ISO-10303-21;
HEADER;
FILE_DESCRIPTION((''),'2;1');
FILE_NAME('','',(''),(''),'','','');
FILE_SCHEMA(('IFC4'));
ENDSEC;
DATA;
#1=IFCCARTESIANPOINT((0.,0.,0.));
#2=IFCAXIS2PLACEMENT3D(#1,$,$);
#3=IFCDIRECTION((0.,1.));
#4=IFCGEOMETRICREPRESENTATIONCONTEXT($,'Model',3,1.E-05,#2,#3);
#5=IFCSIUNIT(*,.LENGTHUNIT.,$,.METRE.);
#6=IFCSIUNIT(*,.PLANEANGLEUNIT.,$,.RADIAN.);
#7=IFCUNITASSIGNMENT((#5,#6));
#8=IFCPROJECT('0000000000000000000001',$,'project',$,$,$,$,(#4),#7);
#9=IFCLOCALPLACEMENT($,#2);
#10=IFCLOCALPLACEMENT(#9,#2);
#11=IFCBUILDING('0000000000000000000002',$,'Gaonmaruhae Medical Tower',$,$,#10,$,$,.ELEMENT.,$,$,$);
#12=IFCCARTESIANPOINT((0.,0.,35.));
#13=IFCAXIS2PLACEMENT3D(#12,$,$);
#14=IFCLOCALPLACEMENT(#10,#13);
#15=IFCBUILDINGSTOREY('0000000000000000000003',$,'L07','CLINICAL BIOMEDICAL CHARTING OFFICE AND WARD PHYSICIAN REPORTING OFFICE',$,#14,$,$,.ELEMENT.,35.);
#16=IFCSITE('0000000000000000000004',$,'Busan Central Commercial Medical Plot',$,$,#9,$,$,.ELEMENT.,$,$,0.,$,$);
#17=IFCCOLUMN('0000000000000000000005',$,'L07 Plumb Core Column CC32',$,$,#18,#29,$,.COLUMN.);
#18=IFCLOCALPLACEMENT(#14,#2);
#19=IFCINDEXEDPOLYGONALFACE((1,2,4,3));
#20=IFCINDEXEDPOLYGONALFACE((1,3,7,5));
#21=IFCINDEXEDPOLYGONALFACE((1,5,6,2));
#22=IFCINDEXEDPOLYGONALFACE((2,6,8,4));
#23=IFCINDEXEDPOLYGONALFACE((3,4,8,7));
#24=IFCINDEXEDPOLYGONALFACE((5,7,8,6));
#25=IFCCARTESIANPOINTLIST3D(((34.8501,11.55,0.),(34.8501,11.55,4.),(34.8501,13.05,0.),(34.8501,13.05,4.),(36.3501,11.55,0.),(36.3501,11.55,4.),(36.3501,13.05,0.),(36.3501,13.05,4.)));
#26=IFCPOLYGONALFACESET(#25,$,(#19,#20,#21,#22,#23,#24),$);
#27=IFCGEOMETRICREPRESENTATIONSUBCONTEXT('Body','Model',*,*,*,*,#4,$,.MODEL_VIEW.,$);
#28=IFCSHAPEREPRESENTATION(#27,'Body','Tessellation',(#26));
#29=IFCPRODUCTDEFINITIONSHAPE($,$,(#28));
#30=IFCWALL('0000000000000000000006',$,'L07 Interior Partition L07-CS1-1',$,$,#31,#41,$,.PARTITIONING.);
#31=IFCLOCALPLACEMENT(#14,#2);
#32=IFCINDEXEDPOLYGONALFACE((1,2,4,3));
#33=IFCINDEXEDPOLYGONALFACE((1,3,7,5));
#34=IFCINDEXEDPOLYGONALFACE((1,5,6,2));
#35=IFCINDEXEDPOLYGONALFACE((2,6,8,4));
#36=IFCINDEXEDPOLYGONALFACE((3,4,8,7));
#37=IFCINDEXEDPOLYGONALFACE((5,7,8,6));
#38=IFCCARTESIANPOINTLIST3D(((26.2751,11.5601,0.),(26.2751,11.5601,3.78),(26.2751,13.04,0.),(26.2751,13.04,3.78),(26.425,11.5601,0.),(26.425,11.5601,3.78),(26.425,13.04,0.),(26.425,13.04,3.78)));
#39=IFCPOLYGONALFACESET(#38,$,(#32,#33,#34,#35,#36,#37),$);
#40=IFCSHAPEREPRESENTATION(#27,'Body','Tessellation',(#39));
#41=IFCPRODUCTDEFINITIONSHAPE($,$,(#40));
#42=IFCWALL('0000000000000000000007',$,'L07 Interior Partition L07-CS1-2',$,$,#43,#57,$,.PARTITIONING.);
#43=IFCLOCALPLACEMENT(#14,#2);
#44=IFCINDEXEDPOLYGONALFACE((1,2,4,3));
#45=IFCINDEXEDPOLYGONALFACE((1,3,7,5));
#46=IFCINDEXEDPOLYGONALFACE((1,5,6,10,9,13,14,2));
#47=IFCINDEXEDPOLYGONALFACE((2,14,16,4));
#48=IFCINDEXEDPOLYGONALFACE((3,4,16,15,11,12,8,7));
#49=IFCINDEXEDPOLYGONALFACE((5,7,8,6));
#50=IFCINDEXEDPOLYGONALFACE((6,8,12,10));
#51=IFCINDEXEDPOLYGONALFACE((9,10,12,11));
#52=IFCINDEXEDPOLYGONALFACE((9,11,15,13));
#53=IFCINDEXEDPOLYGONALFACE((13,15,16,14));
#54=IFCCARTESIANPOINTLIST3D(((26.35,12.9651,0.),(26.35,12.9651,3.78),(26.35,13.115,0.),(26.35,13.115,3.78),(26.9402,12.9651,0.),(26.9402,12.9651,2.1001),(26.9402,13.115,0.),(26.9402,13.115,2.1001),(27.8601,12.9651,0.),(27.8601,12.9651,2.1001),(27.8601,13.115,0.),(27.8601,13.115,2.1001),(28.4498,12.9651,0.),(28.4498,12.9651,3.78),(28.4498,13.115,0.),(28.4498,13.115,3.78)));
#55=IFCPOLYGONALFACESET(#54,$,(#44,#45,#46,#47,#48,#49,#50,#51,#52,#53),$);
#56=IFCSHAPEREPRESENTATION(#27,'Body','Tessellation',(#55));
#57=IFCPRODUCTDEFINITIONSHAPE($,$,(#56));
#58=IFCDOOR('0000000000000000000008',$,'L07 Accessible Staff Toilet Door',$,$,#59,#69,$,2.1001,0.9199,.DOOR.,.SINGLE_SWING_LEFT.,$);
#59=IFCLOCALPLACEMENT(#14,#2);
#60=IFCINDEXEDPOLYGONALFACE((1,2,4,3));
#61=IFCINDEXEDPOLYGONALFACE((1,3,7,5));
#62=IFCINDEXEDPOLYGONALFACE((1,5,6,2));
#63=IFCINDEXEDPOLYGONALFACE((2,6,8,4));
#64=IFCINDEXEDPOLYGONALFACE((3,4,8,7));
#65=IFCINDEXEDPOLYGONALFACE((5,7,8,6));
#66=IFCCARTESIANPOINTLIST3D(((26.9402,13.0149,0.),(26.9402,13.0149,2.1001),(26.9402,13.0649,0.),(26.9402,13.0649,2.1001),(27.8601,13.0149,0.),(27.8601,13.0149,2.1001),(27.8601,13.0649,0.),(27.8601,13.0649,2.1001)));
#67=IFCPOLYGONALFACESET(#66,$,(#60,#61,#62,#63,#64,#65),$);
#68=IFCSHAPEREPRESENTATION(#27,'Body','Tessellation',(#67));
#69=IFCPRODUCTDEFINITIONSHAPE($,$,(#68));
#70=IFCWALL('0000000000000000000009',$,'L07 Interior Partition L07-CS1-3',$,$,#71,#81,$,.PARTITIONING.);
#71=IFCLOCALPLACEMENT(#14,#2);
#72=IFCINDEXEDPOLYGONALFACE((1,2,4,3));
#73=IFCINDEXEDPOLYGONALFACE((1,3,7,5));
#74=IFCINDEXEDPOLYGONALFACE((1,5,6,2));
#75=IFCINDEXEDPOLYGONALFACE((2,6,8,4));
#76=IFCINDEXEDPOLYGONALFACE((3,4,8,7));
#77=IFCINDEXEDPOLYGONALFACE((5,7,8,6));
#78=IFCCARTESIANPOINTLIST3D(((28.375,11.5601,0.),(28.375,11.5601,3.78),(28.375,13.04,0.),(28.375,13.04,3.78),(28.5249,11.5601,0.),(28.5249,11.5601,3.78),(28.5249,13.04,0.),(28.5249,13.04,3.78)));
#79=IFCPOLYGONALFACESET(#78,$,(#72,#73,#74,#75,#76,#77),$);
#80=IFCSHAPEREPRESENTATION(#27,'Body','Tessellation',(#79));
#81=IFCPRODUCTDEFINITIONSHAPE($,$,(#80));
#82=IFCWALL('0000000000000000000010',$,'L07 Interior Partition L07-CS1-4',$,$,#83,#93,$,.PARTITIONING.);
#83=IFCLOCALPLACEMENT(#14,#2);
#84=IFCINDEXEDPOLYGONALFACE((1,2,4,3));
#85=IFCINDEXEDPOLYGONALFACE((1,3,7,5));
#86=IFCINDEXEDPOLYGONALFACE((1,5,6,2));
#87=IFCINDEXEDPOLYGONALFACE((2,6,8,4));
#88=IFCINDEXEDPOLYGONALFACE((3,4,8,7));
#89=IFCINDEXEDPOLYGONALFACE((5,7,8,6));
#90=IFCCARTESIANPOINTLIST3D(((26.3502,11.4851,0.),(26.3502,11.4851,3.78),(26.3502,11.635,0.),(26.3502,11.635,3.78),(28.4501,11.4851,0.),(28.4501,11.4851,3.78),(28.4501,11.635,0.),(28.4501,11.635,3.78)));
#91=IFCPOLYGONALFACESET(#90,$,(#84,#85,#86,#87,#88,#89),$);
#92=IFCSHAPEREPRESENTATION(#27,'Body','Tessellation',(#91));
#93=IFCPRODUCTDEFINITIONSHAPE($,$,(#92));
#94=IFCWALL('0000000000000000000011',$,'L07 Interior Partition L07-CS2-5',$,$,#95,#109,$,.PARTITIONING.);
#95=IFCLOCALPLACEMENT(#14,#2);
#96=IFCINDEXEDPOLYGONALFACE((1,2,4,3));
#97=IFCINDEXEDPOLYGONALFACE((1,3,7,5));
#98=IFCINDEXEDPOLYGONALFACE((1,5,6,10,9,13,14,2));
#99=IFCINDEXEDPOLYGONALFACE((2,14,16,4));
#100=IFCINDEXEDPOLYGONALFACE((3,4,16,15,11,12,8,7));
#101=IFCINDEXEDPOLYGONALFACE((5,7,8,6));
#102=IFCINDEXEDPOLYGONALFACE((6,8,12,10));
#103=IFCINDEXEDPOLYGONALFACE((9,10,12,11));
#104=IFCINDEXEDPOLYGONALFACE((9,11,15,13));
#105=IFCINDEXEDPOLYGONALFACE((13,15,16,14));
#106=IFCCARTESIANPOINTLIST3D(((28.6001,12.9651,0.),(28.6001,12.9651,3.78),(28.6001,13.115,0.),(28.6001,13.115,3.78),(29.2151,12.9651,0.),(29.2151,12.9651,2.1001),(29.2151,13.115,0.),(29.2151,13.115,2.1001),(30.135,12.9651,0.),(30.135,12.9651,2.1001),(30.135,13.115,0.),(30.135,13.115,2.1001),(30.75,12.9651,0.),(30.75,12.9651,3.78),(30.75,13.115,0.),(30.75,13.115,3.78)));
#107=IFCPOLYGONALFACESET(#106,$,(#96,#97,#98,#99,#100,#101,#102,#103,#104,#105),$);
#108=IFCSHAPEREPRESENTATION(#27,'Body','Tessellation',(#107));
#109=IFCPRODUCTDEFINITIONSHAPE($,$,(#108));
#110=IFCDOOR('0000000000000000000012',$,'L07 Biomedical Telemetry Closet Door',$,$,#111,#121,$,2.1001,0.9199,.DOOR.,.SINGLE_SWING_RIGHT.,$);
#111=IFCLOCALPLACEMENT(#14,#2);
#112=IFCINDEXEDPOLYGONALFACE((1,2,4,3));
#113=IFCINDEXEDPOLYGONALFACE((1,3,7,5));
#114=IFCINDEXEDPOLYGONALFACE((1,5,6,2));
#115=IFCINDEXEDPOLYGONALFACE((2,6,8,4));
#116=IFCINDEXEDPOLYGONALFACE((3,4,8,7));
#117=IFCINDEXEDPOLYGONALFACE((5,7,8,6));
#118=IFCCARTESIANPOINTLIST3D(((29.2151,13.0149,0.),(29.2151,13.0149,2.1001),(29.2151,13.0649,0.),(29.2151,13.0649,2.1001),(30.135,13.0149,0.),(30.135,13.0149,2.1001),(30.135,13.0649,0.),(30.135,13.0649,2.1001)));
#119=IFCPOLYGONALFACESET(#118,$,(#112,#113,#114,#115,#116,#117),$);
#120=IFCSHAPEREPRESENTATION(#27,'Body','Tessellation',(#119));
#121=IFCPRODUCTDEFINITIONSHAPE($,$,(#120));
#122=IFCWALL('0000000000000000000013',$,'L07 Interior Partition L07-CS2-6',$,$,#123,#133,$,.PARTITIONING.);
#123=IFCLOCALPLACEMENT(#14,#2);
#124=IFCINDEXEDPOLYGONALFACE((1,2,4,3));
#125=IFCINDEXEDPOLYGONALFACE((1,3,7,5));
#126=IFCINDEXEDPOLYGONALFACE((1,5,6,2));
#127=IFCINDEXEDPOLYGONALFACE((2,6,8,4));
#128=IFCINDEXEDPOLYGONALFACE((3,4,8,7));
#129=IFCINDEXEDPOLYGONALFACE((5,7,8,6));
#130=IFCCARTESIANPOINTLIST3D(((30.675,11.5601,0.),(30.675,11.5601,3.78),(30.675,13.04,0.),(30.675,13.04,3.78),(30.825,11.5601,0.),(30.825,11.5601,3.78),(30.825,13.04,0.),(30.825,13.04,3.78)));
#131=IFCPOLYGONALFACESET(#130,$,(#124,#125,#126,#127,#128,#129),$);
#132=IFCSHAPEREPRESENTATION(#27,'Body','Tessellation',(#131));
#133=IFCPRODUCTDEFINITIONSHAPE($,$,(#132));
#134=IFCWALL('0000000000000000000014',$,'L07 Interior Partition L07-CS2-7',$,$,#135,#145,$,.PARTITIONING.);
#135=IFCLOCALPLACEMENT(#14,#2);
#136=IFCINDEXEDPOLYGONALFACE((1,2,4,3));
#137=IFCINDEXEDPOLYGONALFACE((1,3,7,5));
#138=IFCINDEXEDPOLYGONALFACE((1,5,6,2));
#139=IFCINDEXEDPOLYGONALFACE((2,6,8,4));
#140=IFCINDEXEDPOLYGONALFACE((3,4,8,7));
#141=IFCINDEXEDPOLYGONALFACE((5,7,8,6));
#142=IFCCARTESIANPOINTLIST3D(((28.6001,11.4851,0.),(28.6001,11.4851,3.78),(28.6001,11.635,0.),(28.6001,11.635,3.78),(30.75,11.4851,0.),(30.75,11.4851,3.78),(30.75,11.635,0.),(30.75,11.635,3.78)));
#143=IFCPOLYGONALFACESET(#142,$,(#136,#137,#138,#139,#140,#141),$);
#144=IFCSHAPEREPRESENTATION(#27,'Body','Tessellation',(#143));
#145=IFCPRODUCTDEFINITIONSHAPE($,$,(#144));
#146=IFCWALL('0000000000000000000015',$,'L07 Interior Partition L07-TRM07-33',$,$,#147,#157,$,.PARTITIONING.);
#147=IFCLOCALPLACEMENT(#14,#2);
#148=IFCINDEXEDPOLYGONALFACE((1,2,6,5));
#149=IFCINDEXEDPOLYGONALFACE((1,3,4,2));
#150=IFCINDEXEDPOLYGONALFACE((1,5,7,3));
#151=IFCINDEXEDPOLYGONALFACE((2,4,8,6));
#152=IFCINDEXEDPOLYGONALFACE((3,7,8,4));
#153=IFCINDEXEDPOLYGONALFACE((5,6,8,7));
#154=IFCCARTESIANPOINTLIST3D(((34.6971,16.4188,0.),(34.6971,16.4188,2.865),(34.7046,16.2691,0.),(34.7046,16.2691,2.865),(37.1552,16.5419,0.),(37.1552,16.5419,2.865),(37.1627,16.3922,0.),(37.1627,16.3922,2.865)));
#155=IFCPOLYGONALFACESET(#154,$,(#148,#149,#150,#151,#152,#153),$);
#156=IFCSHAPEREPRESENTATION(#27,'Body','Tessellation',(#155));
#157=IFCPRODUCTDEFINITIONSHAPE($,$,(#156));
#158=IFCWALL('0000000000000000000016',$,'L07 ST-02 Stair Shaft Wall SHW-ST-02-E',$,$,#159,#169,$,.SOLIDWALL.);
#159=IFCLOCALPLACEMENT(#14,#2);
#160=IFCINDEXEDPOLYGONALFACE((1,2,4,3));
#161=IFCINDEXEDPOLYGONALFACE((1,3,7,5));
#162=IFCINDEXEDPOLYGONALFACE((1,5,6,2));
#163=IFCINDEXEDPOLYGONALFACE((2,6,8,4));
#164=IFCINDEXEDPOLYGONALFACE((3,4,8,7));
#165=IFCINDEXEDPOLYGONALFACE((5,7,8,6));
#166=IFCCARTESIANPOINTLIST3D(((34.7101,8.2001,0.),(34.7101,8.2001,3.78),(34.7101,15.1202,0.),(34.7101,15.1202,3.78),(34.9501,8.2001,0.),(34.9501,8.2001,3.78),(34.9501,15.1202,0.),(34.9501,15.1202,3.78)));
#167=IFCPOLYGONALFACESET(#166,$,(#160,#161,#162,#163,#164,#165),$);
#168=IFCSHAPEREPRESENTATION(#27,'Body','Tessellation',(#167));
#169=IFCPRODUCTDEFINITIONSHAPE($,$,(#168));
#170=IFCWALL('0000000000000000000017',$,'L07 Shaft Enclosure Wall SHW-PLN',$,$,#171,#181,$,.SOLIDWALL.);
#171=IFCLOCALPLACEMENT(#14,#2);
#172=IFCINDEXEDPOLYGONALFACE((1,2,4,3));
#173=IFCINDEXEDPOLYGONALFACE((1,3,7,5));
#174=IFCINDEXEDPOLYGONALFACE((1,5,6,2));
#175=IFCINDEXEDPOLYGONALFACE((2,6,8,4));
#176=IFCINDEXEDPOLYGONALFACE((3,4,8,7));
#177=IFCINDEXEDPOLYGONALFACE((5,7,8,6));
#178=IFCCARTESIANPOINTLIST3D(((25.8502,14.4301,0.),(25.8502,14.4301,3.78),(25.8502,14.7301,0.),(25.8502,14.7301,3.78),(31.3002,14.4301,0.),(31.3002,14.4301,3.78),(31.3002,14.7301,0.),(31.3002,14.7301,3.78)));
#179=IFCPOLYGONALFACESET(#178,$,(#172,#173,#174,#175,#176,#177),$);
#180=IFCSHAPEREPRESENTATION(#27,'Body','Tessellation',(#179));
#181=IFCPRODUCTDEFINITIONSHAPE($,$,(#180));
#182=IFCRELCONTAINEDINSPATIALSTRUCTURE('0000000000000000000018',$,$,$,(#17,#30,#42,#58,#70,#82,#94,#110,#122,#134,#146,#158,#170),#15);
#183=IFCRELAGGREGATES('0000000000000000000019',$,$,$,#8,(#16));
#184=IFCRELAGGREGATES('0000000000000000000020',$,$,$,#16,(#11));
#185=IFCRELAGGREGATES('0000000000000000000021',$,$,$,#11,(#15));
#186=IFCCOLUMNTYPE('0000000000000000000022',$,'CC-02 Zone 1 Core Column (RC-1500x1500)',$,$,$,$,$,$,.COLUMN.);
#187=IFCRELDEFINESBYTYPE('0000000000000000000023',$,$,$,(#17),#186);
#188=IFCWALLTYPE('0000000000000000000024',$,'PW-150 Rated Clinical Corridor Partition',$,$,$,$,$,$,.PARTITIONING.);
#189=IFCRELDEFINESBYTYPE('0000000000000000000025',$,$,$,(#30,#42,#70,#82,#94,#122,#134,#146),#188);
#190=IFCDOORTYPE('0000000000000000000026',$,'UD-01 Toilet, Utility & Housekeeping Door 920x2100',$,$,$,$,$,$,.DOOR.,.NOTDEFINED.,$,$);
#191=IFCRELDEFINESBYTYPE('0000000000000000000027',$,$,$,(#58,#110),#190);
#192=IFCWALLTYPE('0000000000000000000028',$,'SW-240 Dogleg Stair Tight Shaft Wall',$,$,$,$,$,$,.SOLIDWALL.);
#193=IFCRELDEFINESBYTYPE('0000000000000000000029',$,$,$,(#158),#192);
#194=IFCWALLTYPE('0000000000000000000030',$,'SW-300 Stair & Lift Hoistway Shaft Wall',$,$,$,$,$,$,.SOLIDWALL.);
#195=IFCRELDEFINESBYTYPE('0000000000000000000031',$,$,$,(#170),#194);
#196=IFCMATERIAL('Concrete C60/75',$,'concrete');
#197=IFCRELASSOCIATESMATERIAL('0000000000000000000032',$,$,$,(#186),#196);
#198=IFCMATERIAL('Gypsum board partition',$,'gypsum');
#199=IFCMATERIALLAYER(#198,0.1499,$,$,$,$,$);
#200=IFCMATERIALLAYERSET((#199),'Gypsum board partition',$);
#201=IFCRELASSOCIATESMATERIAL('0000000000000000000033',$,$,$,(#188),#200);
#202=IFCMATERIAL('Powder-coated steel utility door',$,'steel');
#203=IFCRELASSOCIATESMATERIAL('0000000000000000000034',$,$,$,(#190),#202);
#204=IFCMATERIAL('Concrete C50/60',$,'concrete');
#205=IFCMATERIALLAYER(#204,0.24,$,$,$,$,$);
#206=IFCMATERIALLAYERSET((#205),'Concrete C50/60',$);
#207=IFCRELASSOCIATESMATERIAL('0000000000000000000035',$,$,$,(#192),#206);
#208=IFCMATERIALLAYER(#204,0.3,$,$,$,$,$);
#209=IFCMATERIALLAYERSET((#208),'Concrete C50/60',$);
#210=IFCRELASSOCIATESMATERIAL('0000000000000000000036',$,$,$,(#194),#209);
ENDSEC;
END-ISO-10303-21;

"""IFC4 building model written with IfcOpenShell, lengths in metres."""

from ifc_helpers import new_model, si_unit, direction, frame, frame_2d, origin, origin_2d, place, context, subcontext, project, spatial, rectangle, extrude, material, layer, layer_set, material_profile, profile_set, type_object, element, fill, save


model = new_model("IFC4")

# Units and contexts
model_context = context("Model", 3, precision=1e-05, world=origin(), true_north=direction((0.0, 1.0)))
body_context = subcontext(model_context, "Body", "Model", "MODEL_VIEW")
ifc_project = project(units=[si_unit("LENGTHUNIT", "METRE"), si_unit("PLANEANGLEUNIT", "RADIAN")], contexts=[model_context])

# Site, building, storey
site_placement = place(None, origin())
site = spatial("IfcSite", under=ifc_project, at=site_placement, Name="Busan Central Commercial Medical Plot", CompositionType="ELEMENT", RefElevation=0.0)
building_placement = place(site_placement, origin())
building = spatial("IfcBuilding", under=site, at=building_placement, Name="Gaonmaruhae Medical Tower", CompositionType="ELEMENT")
storey_placement = place(building_placement, frame((0.0, 0.0, 35.0)))
storey = spatial("IfcBuildingStorey", under=building, at=storey_placement, Name="L07", Description="CLINICAL BIOMEDICAL CHARTING OFFICE AND WARD PHYSICIAN REPORTING OFFICE", CompositionType="ELEMENT", Elevation=35.0)

# Column
ifc_material_1 = material(Name="Concrete C60/75", Category="concrete")
ifc_material_profile = material_profile(ifc_material_1, rectangle(XDim=1.5, YDim=1.5, at=origin_2d()), Name="RC-1500x1500")
ifc_profile_set = profile_set([ifc_material_profile], Name="Concrete C60/75")
column_type = type_object("IfcColumnType", Name="CC-02 Zone 1 Core Column (RC-1500x1500)", PredefinedType="COLUMN", material=ifc_profile_set)
column_placement = place(storey_placement, frame((35.6001, 12.3, 0.0), z_axis=(0.0, 0.0, 1.0), x_axis=(1.0, 0.0, 0.0)))
element("IfcColumn", 1, at=column_placement, inside=storey, type_object=column_type, Name="L07 Plumb Core Column CC32", PredefinedType="COLUMN", context=body_context, shape_type="SweptSolid", body=[
    extrude(rectangle(XDim=1.5, YDim=1.5, at=origin_2d()), origin(), (0.0, 0.0, 1.0), 4.0),
])

# Wall
ifc_material_2 = material(Name="Gypsum board partition", Category="gypsum")
ifc_layer_1 = layer(ifc_material_2, 0.1499)
ifc_layer_set_1 = layer_set([ifc_layer_1], Name="Gypsum board partition")
wall_type_1 = type_object("IfcWallType", Name="PW-150 Rated Clinical Corridor Partition", PredefinedType="PARTITIONING", material=ifc_layer_set_1)
wall_1_placement = place(storey_placement, frame((26.3501, 11.5601, 0.0), z_axis=(0.0, 0.0, 1.0), x_axis=(0.0, 1.0, 0.0)))
element("IfcWall", 2, at=wall_1_placement, inside=storey, type_object=wall_type_1, Name="L07 Interior Partition L07-CS1-1", PredefinedType="PARTITIONING", context=body_context, shape_type="SweptSolid", body=[
    extrude(rectangle(XDim=1.48, YDim=0.1499, at=frame_2d((0.74, 0.0))), origin(), (0.0, 0.0, 1.0), 3.78),
])

# Wall, opening, door
wall_2_placement = place(storey_placement, frame((26.3501, 13.04, 0.0), z_axis=(0.0, 0.0, 1.0), x_axis=(1.0, 0.0, 0.0)))
wall_2 = element("IfcWall", 3, at=wall_2_placement, inside=storey, type_object=wall_type_1, Name="L07 Interior Partition L07-CS1-2", PredefinedType="PARTITIONING", context=body_context, shape_type="SweptSolid", body=[
    extrude(rectangle(XDim=2.0999, YDim=0.1499, at=frame_2d((1.0498, 0.0))), origin(), (0.0, 0.0, 1.0), 3.78),
])
opening_1_placement = place(wall_2_placement, frame((0.5901, 0.0, 0.0)))
opening_1 = element("IfcOpeningElement", 4, at=opening_1_placement, cuts=wall_2, PredefinedType="OPENING", context=body_context, shape_type="SweptSolid", body=[
    extrude(rectangle(XDim=0.9199, YDim=2.1001, at=frame_2d((0.46, 1.05))), frame((0.0, 0.085, 0.0), z_axis=(0.0, -1.0, 0.0), x_axis=(1.0, 0.0, 0.0)), (0.0, 0.0, 1.0), 0.1699),
])
ifc_material_3 = material(Name="Powder-coated steel utility door", Category="steel")
door_type_1 = type_object("IfcDoorType", Name="UD-01 Toilet, Utility & Housekeeping Door 920x2100", OperationType="NOTDEFINED", PredefinedType="DOOR", material=ifc_material_3)
door_1_placement = place(opening_1_placement, origin())
door_1 = element("IfcDoor", 5, at=door_1_placement, inside=storey, type_object=door_type_1, Name="L07 Accessible Staff Toilet Door", OperationType="SINGLE_SWING_LEFT", OverallHeight=2.1001, OverallWidth=0.9199, PredefinedType="DOOR", context=body_context, shape_type="SweptSolid", body=[
    extrude(rectangle(XDim=0.9199, YDim=2.1001, at=frame_2d((0.46, 1.05))), frame((0.0, 0.0249, 0.0), z_axis=(0.0, -1.0, 0.0), x_axis=(1.0, 0.0, 0.0)), (0.0, 0.0, 1.0), 0.05),
])
fill(opening_1, door_1)

# Walls
wall_3_placement = place(storey_placement, frame((28.45, 13.04, 0.0), z_axis=(0.0, 0.0, 1.0), x_axis=(0.0, -1.0, 0.0)))
element("IfcWall", 6, at=wall_3_placement, inside=storey, type_object=wall_type_1, Name="L07 Interior Partition L07-CS1-3", PredefinedType="PARTITIONING", context=body_context, shape_type="SweptSolid", body=[
    extrude(rectangle(XDim=1.48, YDim=0.1499, at=frame_2d((0.74, 0.0))), origin(), (0.0, 0.0, 1.0), 3.78),
])
wall_4_placement = place(storey_placement, frame((28.45, 11.5601, 0.0), z_axis=(0.0, 0.0, 1.0), x_axis=(-1.0, 0.0, 0.0)))
element("IfcWall", 7, at=wall_4_placement, inside=storey, type_object=wall_type_1, Name="L07 Interior Partition L07-CS1-4", PredefinedType="PARTITIONING", context=body_context, shape_type="SweptSolid", body=[
    extrude(rectangle(XDim=2.0999, YDim=0.1499, at=frame_2d((1.0498, 0.0))), origin(), (0.0, 0.0, 1.0), 3.78),
])

# Wall, opening, door
wall_5_placement = place(storey_placement, frame((28.6001, 13.04, 0.0), z_axis=(0.0, 0.0, 1.0), x_axis=(1.0, 0.0, 0.0)))
wall_5 = element("IfcWall", 8, at=wall_5_placement, inside=storey, type_object=wall_type_1, Name="L07 Interior Partition L07-CS2-5", PredefinedType="PARTITIONING", context=body_context, shape_type="SweptSolid", body=[
    extrude(rectangle(XDim=2.1499, YDim=0.1499, at=frame_2d((1.075, 0.0))), origin(), (0.0, 0.0, 1.0), 3.78),
])
opening_2_placement = place(wall_5_placement, frame((0.615, 0.0, 0.0)))
opening_2 = element("IfcOpeningElement", 9, at=opening_2_placement, cuts=wall_5, PredefinedType="OPENING", context=body_context, shape_type="SweptSolid", body=[
    extrude(rectangle(XDim=0.9199, YDim=2.1001, at=frame_2d((0.46, 1.05))), frame((0.0, 0.085, 0.0), z_axis=(0.0, -1.0, 0.0), x_axis=(1.0, 0.0, 0.0)), (0.0, 0.0, 1.0), 0.1699),
])
door_2_placement = place(opening_2_placement, origin())
door_2 = element("IfcDoor", 10, at=door_2_placement, inside=storey, type_object=door_type_1, Name="L07 Biomedical Telemetry Closet Door", OperationType="SINGLE_SWING_RIGHT", OverallHeight=2.1001, OverallWidth=0.9199, PredefinedType="DOOR", context=body_context, shape_type="SweptSolid", body=[
    extrude(rectangle(XDim=0.9199, YDim=2.1001, at=frame_2d((0.46, 1.05))), frame((0.0, 0.0249, 0.0), z_axis=(0.0, -1.0, 0.0), x_axis=(1.0, 0.0, 0.0)), (0.0, 0.0, 1.0), 0.05),
])
fill(opening_2, door_2)

# Walls
wall_6_placement = place(storey_placement, frame((30.75, 13.04, 0.0), z_axis=(0.0, 0.0, 1.0), x_axis=(0.0, -1.0, 0.0)))
element("IfcWall", 11, at=wall_6_placement, inside=storey, type_object=wall_type_1, Name="L07 Interior Partition L07-CS2-6", PredefinedType="PARTITIONING", context=body_context, shape_type="SweptSolid", body=[
    extrude(rectangle(XDim=1.48, YDim=0.1499, at=frame_2d((0.74, 0.0))), origin(), (0.0, 0.0, 1.0), 3.78),
])
wall_7_placement = place(storey_placement, frame((30.75, 11.5601, 0.0), z_axis=(0.0, 0.0, 1.0), x_axis=(-1.0, 0.0, 0.0)))
element("IfcWall", 12, at=wall_7_placement, inside=storey, type_object=wall_type_1, Name="L07 Interior Partition L07-CS2-7", PredefinedType="PARTITIONING", context=body_context, shape_type="SweptSolid", body=[
    extrude(rectangle(XDim=2.1499, YDim=0.1499, at=frame_2d((1.075, 0.0))), origin(), (0.0, 0.0, 1.0), 3.78),
])
wall_8_placement = place(storey_placement, frame((34.7009, 16.344, 0.0), z_axis=(0.0, 0.0, 1.0), x_axis=(0.998749, 0.049997, 0.0)))
element("IfcWall", 13, at=wall_8_placement, inside=storey, type_object=wall_type_1, Name="L07 Interior Partition L07-TRM07-33", PredefinedType="PARTITIONING", context=body_context, shape_type="SweptSolid", body=[
    extrude(rectangle(XDim=2.4612, YDim=0.1499, at=frame_2d((1.2305, 0.0))), origin(), (0.0, 0.0, 1.0), 2.865),
])

# Shared definitions
ifc_material_4 = material(Name="Concrete C50/60", Category="concrete")
ifc_layer_2 = layer(ifc_material_4, 0.24)
ifc_layer_set_2 = layer_set([ifc_layer_2], Name="Concrete C50/60")
wall_type_2 = type_object("IfcWallType", Name="SW-240 Dogleg Stair Tight Shaft Wall", PredefinedType="SOLIDWALL", material=ifc_layer_set_2)

# Wall
wall_9_placement = place(storey_placement, frame((34.8301, 15.1201, 0.0), z_axis=(0.0, 0.0, 1.0), x_axis=(0.0, -1.0, 0.0)))
element("IfcWall", 14, at=wall_9_placement, inside=storey, type_object=wall_type_2, Name="L07 ST-02 Stair Shaft Wall SHW-ST-02-E", PredefinedType="SOLIDWALL", context=body_context, shape_type="SweptSolid", body=[
    extrude(rectangle(XDim=6.9202, YDim=0.24, at=frame_2d((3.46, 0.0))), origin(), (0.0, 0.0, 1.0), 3.78),
])

# Shared definitions
ifc_layer_3 = layer(ifc_material_4, 0.3)
ifc_layer_set_3 = layer_set([ifc_layer_3], Name="Concrete C50/60")
wall_type_3 = type_object("IfcWallType", Name="SW-300 Stair & Lift Hoistway Shaft Wall", PredefinedType="SOLIDWALL", material=ifc_layer_set_3)

# Wall
wall_10_placement = place(storey_placement, frame((25.8501, 14.5801, 0.0), z_axis=(0.0, 0.0, 1.0), x_axis=(1.0, 0.0, 0.0)))
element("IfcWall", 15, at=wall_10_placement, inside=storey, type_object=wall_type_3, Name="L07 Shaft Enclosure Wall SHW-PLN", PredefinedType="SOLIDWALL", context=body_context, shape_type="SweptSolid", body=[
    extrude(rectangle(XDim=5.45, YDim=0.3, at=frame_2d((2.7251, 0.0))), origin(), (0.0, 0.0, 1.0), 3.78),
])

save(model, "model.ifc")
